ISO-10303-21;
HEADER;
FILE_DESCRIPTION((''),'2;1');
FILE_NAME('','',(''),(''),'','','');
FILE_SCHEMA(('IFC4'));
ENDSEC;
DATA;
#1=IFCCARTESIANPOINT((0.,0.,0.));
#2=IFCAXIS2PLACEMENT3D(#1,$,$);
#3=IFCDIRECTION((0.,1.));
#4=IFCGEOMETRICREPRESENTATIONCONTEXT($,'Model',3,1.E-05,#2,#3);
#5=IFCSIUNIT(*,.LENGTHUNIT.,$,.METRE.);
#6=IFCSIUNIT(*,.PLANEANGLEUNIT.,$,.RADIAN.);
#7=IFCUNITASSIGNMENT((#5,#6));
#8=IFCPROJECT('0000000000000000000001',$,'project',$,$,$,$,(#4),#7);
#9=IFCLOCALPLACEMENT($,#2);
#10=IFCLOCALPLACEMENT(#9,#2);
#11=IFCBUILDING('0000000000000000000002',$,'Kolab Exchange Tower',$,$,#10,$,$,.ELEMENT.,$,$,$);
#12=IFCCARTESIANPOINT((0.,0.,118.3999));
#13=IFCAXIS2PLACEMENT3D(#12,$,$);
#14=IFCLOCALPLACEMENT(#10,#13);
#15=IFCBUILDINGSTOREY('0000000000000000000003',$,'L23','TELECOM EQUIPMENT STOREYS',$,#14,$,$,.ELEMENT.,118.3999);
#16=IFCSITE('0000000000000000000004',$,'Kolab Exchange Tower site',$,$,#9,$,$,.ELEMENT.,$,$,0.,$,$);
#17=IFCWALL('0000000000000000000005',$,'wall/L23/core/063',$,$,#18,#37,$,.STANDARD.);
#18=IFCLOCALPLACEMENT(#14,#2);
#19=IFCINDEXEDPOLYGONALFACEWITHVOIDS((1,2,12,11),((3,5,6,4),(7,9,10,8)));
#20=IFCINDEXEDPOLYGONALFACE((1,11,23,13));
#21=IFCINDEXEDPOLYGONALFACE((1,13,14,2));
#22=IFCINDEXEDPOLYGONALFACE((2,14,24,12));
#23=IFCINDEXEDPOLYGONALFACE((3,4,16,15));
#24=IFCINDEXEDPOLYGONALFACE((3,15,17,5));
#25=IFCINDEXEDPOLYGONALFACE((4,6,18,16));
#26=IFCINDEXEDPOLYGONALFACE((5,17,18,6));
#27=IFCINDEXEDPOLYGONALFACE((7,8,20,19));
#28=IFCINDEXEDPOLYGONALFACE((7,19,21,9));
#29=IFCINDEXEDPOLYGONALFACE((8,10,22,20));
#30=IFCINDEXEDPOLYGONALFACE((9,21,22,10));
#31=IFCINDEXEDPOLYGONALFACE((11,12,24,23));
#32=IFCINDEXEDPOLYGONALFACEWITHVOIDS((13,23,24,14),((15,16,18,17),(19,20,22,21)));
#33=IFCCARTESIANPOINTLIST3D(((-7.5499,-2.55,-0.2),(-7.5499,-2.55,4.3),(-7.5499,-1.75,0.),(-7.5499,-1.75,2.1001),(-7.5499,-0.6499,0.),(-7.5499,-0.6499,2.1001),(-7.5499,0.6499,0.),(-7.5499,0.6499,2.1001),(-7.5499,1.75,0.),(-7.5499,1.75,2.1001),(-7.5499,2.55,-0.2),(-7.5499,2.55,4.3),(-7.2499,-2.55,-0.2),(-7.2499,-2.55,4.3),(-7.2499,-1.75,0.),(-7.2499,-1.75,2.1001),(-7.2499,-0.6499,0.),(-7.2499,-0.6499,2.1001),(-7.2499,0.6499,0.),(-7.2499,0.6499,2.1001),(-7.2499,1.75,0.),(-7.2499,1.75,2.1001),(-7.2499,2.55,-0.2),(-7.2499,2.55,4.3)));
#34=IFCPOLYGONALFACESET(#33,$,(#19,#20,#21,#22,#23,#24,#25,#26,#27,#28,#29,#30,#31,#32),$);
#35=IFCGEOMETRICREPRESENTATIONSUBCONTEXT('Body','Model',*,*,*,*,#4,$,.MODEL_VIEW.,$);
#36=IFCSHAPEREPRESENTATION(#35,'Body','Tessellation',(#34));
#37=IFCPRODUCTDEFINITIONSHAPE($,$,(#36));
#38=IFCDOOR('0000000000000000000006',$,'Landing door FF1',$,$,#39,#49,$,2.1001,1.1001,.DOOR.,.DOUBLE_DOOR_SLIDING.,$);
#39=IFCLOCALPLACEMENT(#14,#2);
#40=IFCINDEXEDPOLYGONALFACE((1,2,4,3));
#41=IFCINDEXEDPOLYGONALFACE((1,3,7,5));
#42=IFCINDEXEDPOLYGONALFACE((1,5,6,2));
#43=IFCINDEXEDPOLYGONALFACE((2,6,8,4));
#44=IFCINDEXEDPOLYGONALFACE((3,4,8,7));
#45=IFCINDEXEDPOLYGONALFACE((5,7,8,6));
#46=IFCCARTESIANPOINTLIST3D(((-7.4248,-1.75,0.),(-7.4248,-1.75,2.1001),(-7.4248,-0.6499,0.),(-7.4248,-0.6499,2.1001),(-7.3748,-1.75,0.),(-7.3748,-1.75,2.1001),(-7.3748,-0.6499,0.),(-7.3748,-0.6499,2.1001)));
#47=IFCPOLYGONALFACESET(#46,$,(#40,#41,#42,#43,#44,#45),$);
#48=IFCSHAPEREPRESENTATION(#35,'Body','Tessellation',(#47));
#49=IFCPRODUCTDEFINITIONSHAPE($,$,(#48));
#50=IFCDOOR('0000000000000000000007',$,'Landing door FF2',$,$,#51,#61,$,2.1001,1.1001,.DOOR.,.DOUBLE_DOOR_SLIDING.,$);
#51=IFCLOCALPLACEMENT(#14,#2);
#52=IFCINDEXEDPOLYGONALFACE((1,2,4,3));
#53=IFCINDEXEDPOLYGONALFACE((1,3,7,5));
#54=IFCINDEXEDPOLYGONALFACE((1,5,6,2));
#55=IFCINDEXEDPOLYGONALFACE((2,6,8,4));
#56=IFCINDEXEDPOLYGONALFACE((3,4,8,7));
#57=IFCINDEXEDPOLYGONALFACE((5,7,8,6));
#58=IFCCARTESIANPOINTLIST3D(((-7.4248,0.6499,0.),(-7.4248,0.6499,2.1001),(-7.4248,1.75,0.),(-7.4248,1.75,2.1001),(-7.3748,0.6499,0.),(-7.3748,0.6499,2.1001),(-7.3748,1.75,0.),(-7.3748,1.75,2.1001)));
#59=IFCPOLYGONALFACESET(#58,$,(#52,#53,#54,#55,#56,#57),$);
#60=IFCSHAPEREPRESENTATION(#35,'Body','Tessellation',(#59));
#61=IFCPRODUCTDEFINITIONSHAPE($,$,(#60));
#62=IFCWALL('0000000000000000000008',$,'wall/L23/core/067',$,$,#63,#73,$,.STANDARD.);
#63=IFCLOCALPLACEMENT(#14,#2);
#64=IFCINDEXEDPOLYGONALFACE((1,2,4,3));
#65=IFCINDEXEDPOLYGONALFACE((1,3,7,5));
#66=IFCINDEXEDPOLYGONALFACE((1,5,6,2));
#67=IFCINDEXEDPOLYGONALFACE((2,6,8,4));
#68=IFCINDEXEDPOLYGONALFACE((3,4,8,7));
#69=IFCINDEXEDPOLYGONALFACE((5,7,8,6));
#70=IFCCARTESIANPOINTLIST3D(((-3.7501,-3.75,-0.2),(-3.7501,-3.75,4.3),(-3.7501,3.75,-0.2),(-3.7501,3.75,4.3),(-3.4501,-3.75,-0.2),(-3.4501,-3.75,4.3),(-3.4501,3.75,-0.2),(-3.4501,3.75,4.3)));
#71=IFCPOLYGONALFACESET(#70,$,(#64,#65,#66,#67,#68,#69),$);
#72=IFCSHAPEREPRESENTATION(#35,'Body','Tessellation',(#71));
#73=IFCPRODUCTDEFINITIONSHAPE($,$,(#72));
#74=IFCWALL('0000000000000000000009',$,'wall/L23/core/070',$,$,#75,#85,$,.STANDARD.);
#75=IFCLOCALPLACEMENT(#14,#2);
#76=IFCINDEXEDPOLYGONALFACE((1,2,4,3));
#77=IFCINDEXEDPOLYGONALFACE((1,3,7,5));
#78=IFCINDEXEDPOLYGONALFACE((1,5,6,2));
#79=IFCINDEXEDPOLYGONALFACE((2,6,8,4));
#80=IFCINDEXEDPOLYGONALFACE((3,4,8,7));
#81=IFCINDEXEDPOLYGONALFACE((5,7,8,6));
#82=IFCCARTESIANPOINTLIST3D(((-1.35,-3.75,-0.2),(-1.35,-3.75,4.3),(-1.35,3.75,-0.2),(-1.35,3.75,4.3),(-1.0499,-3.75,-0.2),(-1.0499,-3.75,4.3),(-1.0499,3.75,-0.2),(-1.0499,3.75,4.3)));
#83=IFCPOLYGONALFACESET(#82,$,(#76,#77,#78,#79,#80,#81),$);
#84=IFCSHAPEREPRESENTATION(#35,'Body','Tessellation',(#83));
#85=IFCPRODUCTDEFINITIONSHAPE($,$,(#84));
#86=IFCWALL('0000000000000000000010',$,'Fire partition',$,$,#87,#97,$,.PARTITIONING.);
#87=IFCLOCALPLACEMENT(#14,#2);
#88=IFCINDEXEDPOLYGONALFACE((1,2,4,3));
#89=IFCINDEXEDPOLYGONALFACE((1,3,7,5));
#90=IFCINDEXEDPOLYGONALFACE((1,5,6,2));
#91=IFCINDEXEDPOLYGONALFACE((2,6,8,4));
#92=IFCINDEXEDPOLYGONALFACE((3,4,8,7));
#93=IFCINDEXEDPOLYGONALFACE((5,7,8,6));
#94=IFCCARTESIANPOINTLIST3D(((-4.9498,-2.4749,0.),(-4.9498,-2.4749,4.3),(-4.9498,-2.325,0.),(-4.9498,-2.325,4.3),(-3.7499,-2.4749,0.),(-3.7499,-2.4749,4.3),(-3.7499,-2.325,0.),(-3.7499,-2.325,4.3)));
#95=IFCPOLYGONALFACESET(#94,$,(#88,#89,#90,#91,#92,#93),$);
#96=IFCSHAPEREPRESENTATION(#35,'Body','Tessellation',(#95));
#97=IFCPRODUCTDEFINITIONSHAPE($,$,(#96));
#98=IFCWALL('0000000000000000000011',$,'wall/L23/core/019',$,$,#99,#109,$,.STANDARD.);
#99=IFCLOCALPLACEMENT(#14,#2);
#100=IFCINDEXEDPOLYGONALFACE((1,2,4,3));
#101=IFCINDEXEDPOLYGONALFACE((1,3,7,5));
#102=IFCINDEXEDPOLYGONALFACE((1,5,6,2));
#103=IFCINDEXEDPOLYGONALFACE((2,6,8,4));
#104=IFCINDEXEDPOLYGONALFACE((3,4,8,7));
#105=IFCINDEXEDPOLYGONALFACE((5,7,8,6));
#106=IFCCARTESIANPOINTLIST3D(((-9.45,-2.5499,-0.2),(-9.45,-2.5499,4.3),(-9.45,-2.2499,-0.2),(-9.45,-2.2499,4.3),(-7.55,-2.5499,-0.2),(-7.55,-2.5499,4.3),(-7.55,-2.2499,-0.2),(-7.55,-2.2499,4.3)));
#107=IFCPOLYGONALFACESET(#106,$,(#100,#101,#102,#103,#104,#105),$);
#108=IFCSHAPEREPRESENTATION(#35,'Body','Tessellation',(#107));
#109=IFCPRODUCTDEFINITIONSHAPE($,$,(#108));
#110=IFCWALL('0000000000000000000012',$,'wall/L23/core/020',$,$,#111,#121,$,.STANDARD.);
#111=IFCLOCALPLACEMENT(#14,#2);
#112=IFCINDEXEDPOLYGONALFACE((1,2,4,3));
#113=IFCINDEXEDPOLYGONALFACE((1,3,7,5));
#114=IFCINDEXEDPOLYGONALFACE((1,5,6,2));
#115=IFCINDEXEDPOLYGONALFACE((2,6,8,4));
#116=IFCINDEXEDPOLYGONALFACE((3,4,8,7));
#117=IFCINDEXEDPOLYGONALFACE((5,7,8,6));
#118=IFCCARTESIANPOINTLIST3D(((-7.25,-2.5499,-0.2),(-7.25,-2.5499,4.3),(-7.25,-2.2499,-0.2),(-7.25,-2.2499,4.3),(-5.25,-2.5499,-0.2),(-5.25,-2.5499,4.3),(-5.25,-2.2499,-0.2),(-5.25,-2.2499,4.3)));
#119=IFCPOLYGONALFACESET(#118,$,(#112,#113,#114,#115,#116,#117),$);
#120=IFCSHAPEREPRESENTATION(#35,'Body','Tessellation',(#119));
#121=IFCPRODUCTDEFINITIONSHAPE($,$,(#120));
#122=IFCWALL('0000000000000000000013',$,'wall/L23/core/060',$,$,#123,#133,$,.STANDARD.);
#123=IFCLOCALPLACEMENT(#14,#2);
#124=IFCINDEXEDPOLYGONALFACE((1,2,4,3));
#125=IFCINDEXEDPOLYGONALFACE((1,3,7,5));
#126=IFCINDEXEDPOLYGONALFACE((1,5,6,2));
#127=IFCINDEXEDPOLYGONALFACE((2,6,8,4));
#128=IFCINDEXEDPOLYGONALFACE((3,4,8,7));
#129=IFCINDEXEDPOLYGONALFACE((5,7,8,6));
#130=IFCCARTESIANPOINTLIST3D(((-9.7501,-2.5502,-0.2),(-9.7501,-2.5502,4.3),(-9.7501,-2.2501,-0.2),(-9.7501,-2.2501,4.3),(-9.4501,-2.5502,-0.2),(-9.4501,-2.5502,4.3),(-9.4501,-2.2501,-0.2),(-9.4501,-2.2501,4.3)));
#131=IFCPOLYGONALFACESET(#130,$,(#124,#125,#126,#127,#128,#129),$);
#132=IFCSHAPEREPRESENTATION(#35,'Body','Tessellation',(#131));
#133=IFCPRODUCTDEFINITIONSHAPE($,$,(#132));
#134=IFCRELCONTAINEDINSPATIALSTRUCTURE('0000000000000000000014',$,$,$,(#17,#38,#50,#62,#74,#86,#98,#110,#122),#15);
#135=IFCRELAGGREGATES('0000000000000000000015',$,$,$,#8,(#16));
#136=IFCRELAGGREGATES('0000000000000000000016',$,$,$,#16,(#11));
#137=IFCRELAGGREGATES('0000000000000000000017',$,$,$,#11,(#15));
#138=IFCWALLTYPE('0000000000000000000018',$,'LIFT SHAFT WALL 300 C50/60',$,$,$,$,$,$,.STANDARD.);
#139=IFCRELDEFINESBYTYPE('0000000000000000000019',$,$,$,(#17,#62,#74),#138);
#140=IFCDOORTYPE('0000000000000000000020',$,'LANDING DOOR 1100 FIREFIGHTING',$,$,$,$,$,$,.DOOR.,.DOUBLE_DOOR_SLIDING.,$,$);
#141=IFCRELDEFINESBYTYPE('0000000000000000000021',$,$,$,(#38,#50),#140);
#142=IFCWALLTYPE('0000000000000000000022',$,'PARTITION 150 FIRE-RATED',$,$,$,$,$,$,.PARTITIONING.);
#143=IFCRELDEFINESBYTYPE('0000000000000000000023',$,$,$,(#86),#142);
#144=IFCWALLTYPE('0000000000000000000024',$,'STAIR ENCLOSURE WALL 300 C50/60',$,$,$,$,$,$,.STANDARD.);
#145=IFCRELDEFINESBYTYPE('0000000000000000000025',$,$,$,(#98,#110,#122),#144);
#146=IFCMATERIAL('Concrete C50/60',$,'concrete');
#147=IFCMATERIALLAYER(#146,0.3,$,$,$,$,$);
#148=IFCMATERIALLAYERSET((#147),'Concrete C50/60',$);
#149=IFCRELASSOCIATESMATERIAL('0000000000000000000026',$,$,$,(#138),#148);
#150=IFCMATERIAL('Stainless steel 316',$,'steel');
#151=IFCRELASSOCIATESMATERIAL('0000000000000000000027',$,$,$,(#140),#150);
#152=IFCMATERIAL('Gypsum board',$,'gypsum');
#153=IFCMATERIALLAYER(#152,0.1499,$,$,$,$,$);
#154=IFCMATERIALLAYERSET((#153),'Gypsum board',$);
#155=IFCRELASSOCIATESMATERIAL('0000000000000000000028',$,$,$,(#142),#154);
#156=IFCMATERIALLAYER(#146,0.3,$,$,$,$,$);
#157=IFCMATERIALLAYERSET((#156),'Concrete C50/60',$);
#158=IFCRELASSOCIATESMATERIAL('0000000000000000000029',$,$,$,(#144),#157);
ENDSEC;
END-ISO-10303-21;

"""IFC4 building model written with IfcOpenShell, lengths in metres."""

from ifc_helpers import new_model, si_unit, direction, frame, frame_2d, origin, place, context, subcontext, project, spatial, rectangle, extrude, material, layer, layer_set, type_object, element, fill, save


model = new_model("IFC4")

# Units and contexts
model_context = context("Model", 3, precision=1e-05, world=origin(), true_north=direction((0.0, 1.0)))
body_context = subcontext(model_context, "Body", "Model", "MODEL_VIEW")
ifc_project = project(units=[si_unit("LENGTHUNIT", "METRE"), si_unit("PLANEANGLEUNIT", "RADIAN")], contexts=[model_context])

# Site, building, storey
site_placement = place(None, origin())
site = spatial("IfcSite", under=ifc_project, at=site_placement, Name="Kolab Exchange Tower site", CompositionType="ELEMENT", RefElevation=0.0)
building_placement = place(site_placement, origin())
building = spatial("IfcBuilding", under=site, at=building_placement, Name="Kolab Exchange Tower", CompositionType="ELEMENT")
storey_placement = place(building_placement, frame((0.0, 0.0, 118.3999)))
storey = spatial("IfcBuildingStorey", under=building, at=storey_placement, Name="L23", Description="TELECOM EQUIPMENT STOREYS", CompositionType="ELEMENT", Elevation=118.3999)

# Shared definitions
ifc_material_1 = material(Name="Concrete C50/60", Category="concrete")
ifc_layer_1 = layer(ifc_material_1, 0.3)
ifc_layer_set_1 = layer_set([ifc_layer_1], Name="Concrete C50/60")
wall_type_1 = type_object("IfcWallType", Name="LIFT SHAFT WALL 300 C50/60", PredefinedType="STANDARD", material=ifc_layer_set_1)

# Wall, openings, doors
wall_1_placement = place(storey_placement, frame((-7.3999, -2.55, -0.2), z_axis=(0.0, 0.0, 1.0), x_axis=(0.0, 1.0, 0.0)))
wall_1 = element("IfcWall", 1, at=wall_1_placement, inside=storey, type_object=wall_type_1, Name="wall/L23/core/063", PredefinedType="STANDARD", context=body_context, shape_type="SweptSolid", body=[
    extrude(rectangle(XDim=5.1001, YDim=0.3, at=frame_2d((2.55, 0.0))), origin(), (0.0, 0.0, 1.0), 4.5),
])
opening_1_placement = place(wall_1_placement, frame((0.8, 0.0, 0.2)))
opening_1 = element("IfcOpeningElement", 2, at=opening_1_placement, cuts=wall_1, PredefinedType="OPENING", context=body_context, shape_type="SweptSolid", body=[
    extrude(rectangle(XDim=1.1001, YDim=2.1001, at=frame_2d((0.55, 1.05))), frame((0.0, 0.1602, 0.0), z_axis=(0.0, -1.0, 0.0), x_axis=(1.0, 0.0, 0.0)), (0.0, 0.0, 1.0), 0.3201),
])
opening_2_placement = place(wall_1_placement, frame((3.2, 0.0, 0.2)))
opening_2 = element("IfcOpeningElement", 3, at=opening_2_placement, cuts=wall_1, PredefinedType="OPENING", context=body_context, shape_type="SweptSolid", body=[
    extrude(rectangle(XDim=1.1001, YDim=2.1001, at=frame_2d((0.55, 1.05))), frame((0.0, 0.1602, 0.0), z_axis=(0.0, -1.0, 0.0), x_axis=(1.0, 0.0, 0.0)), (0.0, 0.0, 1.0), 0.3201),
])
ifc_material_2 = material(Name="Stainless steel 316", Category="steel")
door_type_1 = type_object("IfcDoorType", Name="LANDING DOOR 1100 FIREFIGHTING", OperationType="DOUBLE_DOOR_SLIDING", PredefinedType="DOOR", material=ifc_material_2)
door_1_placement = place(opening_1_placement, origin())
door_1 = element("IfcDoor", 4, at=door_1_placement, inside=storey, type_object=door_type_1, Name="Landing door FF1", OperationType="DOUBLE_DOOR_SLIDING", OverallHeight=2.1001, OverallWidth=1.1001, PredefinedType="DOOR", context=body_context, shape_type="SweptSolid", body=[
    extrude(rectangle(XDim=1.1001, YDim=2.1001, at=frame_2d((0.55, 1.05))), frame((0.0, 0.0249, 0.0), z_axis=(0.0, -1.0, 0.0), x_axis=(1.0, 0.0, 0.0)), (0.0, 0.0, 1.0), 0.05),
])
fill(opening_1, door_1)
door_2_placement = place(opening_2_placement, origin())
door_2 = element("IfcDoor", 5, at=door_2_placement, inside=storey, type_object=door_type_1, Name="Landing door FF2", OperationType="DOUBLE_DOOR_SLIDING", OverallHeight=2.1001, OverallWidth=1.1001, PredefinedType="DOOR", context=body_context, shape_type="SweptSolid", body=[
    extrude(rectangle(XDim=1.1001, YDim=2.1001, at=frame_2d((0.55, 1.05))), frame((0.0, 0.0249, 0.0), z_axis=(0.0, -1.0, 0.0), x_axis=(1.0, 0.0, 0.0)), (0.0, 0.0, 1.0), 0.05),
])
fill(opening_2, door_2)

# Walls
for number, where, z_axis, x_axis, name in (
    (6, (-3.6001, -3.75, -0.2), (0.0, 0.0, 1.0), (0.0, 1.0, 0.0), "wall/L23/core/067"),
    (7, (-1.2, -3.75, -0.2), (0.0, 0.0, 1.0), (0.0, 1.0, 0.0), "wall/L23/core/070"),
):
    element("IfcWall", number, at=place(storey_placement, frame(where, z_axis=z_axis, x_axis=x_axis)), inside=storey, type_object=wall_type_1, Name=name, PredefinedType="STANDARD", context=body_context, shape_type="SweptSolid", body=[
        extrude(rectangle(XDim=7.5, YDim=0.3, at=frame_2d((3.75, 0.0))), origin(), (0.0, 0.0, 1.0), 4.5),
    ])
ifc_material_3 = material(Name="Gypsum board", Category="gypsum")
ifc_layer_2 = layer(ifc_material_3, 0.1499)
ifc_layer_set_2 = layer_set([ifc_layer_2], Name="Gypsum board")
wall_type_2 = type_object("IfcWallType", Name="PARTITION 150 FIRE-RATED", PredefinedType="PARTITIONING", material=ifc_layer_set_2)
wall_2_placement = place(storey_placement, frame((-4.95, -2.3999, 0.0), z_axis=(0.0, 0.0, 1.0), x_axis=(1.0, 0.0, 0.0)))
element("IfcWall", 8, at=wall_2_placement, inside=storey, type_object=wall_type_2, Name="Fire partition", PredefinedType="PARTITIONING", context=body_context, shape_type="SweptSolid", body=[
    extrude(rectangle(XDim=1.2, YDim=0.1499, at=frame_2d((0.6001, 0.0))), origin(), (0.0, 0.0, 1.0), 4.3),
])
ifc_layer_3 = layer(ifc_material_1, 0.3)
ifc_layer_set_3 = layer_set([ifc_layer_3], Name="Concrete C50/60")
wall_type_3 = type_object("IfcWallType", Name="STAIR ENCLOSURE WALL 300 C50/60", PredefinedType="STANDARD", material=ifc_layer_set_3)
wall_3_placement = place(storey_placement, frame((-9.45, -2.3999, -0.2), z_axis=(0.0, 0.0, 1.0), x_axis=(1.0, 0.0, 0.0)))
element("IfcWall", 9, at=wall_3_placement, inside=storey, type_object=wall_type_3, Name="wall/L23/core/019", PredefinedType="STANDARD", context=body_context, shape_type="SweptSolid", body=[
    extrude(rectangle(XDim=1.8999, YDim=0.3, at=frame_2d((0.95, 0.0))), origin(), (0.0, 0.0, 1.0), 4.5),
])
wall_4_placement = place(storey_placement, frame((-7.25, -2.3999, -0.2), z_axis=(0.0, 0.0, 1.0), x_axis=(1.0, 0.0, 0.0)))
element("IfcWall", 10, at=wall_4_placement, inside=storey, type_object=wall_type_3, Name="wall/L23/core/020", PredefinedType="STANDARD", context=body_context, shape_type="SweptSolid", body=[
    extrude(rectangle(XDim=2.0, YDim=0.3, at=frame_2d((1.0, 0.0))), origin(), (0.0, 0.0, 1.0), 4.5),
])
wall_5_placement = place(storey_placement, frame((-9.6001, -2.55, -0.2), z_axis=(0.0, 0.0, 1.0), x_axis=(0.0, 1.0, 0.0)))
element("IfcWall", 11, at=wall_5_placement, inside=storey, type_object=wall_type_3, Name="wall/L23/core/060", PredefinedType="STANDARD", context=body_context, shape_type="SweptSolid", body=[
    extrude(rectangle(XDim=0.3, YDim=0.3, at=frame_2d((0.1499, 0.0))), origin(), (0.0, 0.0, 1.0), 4.5),
])

save(model, "model.ifc")
